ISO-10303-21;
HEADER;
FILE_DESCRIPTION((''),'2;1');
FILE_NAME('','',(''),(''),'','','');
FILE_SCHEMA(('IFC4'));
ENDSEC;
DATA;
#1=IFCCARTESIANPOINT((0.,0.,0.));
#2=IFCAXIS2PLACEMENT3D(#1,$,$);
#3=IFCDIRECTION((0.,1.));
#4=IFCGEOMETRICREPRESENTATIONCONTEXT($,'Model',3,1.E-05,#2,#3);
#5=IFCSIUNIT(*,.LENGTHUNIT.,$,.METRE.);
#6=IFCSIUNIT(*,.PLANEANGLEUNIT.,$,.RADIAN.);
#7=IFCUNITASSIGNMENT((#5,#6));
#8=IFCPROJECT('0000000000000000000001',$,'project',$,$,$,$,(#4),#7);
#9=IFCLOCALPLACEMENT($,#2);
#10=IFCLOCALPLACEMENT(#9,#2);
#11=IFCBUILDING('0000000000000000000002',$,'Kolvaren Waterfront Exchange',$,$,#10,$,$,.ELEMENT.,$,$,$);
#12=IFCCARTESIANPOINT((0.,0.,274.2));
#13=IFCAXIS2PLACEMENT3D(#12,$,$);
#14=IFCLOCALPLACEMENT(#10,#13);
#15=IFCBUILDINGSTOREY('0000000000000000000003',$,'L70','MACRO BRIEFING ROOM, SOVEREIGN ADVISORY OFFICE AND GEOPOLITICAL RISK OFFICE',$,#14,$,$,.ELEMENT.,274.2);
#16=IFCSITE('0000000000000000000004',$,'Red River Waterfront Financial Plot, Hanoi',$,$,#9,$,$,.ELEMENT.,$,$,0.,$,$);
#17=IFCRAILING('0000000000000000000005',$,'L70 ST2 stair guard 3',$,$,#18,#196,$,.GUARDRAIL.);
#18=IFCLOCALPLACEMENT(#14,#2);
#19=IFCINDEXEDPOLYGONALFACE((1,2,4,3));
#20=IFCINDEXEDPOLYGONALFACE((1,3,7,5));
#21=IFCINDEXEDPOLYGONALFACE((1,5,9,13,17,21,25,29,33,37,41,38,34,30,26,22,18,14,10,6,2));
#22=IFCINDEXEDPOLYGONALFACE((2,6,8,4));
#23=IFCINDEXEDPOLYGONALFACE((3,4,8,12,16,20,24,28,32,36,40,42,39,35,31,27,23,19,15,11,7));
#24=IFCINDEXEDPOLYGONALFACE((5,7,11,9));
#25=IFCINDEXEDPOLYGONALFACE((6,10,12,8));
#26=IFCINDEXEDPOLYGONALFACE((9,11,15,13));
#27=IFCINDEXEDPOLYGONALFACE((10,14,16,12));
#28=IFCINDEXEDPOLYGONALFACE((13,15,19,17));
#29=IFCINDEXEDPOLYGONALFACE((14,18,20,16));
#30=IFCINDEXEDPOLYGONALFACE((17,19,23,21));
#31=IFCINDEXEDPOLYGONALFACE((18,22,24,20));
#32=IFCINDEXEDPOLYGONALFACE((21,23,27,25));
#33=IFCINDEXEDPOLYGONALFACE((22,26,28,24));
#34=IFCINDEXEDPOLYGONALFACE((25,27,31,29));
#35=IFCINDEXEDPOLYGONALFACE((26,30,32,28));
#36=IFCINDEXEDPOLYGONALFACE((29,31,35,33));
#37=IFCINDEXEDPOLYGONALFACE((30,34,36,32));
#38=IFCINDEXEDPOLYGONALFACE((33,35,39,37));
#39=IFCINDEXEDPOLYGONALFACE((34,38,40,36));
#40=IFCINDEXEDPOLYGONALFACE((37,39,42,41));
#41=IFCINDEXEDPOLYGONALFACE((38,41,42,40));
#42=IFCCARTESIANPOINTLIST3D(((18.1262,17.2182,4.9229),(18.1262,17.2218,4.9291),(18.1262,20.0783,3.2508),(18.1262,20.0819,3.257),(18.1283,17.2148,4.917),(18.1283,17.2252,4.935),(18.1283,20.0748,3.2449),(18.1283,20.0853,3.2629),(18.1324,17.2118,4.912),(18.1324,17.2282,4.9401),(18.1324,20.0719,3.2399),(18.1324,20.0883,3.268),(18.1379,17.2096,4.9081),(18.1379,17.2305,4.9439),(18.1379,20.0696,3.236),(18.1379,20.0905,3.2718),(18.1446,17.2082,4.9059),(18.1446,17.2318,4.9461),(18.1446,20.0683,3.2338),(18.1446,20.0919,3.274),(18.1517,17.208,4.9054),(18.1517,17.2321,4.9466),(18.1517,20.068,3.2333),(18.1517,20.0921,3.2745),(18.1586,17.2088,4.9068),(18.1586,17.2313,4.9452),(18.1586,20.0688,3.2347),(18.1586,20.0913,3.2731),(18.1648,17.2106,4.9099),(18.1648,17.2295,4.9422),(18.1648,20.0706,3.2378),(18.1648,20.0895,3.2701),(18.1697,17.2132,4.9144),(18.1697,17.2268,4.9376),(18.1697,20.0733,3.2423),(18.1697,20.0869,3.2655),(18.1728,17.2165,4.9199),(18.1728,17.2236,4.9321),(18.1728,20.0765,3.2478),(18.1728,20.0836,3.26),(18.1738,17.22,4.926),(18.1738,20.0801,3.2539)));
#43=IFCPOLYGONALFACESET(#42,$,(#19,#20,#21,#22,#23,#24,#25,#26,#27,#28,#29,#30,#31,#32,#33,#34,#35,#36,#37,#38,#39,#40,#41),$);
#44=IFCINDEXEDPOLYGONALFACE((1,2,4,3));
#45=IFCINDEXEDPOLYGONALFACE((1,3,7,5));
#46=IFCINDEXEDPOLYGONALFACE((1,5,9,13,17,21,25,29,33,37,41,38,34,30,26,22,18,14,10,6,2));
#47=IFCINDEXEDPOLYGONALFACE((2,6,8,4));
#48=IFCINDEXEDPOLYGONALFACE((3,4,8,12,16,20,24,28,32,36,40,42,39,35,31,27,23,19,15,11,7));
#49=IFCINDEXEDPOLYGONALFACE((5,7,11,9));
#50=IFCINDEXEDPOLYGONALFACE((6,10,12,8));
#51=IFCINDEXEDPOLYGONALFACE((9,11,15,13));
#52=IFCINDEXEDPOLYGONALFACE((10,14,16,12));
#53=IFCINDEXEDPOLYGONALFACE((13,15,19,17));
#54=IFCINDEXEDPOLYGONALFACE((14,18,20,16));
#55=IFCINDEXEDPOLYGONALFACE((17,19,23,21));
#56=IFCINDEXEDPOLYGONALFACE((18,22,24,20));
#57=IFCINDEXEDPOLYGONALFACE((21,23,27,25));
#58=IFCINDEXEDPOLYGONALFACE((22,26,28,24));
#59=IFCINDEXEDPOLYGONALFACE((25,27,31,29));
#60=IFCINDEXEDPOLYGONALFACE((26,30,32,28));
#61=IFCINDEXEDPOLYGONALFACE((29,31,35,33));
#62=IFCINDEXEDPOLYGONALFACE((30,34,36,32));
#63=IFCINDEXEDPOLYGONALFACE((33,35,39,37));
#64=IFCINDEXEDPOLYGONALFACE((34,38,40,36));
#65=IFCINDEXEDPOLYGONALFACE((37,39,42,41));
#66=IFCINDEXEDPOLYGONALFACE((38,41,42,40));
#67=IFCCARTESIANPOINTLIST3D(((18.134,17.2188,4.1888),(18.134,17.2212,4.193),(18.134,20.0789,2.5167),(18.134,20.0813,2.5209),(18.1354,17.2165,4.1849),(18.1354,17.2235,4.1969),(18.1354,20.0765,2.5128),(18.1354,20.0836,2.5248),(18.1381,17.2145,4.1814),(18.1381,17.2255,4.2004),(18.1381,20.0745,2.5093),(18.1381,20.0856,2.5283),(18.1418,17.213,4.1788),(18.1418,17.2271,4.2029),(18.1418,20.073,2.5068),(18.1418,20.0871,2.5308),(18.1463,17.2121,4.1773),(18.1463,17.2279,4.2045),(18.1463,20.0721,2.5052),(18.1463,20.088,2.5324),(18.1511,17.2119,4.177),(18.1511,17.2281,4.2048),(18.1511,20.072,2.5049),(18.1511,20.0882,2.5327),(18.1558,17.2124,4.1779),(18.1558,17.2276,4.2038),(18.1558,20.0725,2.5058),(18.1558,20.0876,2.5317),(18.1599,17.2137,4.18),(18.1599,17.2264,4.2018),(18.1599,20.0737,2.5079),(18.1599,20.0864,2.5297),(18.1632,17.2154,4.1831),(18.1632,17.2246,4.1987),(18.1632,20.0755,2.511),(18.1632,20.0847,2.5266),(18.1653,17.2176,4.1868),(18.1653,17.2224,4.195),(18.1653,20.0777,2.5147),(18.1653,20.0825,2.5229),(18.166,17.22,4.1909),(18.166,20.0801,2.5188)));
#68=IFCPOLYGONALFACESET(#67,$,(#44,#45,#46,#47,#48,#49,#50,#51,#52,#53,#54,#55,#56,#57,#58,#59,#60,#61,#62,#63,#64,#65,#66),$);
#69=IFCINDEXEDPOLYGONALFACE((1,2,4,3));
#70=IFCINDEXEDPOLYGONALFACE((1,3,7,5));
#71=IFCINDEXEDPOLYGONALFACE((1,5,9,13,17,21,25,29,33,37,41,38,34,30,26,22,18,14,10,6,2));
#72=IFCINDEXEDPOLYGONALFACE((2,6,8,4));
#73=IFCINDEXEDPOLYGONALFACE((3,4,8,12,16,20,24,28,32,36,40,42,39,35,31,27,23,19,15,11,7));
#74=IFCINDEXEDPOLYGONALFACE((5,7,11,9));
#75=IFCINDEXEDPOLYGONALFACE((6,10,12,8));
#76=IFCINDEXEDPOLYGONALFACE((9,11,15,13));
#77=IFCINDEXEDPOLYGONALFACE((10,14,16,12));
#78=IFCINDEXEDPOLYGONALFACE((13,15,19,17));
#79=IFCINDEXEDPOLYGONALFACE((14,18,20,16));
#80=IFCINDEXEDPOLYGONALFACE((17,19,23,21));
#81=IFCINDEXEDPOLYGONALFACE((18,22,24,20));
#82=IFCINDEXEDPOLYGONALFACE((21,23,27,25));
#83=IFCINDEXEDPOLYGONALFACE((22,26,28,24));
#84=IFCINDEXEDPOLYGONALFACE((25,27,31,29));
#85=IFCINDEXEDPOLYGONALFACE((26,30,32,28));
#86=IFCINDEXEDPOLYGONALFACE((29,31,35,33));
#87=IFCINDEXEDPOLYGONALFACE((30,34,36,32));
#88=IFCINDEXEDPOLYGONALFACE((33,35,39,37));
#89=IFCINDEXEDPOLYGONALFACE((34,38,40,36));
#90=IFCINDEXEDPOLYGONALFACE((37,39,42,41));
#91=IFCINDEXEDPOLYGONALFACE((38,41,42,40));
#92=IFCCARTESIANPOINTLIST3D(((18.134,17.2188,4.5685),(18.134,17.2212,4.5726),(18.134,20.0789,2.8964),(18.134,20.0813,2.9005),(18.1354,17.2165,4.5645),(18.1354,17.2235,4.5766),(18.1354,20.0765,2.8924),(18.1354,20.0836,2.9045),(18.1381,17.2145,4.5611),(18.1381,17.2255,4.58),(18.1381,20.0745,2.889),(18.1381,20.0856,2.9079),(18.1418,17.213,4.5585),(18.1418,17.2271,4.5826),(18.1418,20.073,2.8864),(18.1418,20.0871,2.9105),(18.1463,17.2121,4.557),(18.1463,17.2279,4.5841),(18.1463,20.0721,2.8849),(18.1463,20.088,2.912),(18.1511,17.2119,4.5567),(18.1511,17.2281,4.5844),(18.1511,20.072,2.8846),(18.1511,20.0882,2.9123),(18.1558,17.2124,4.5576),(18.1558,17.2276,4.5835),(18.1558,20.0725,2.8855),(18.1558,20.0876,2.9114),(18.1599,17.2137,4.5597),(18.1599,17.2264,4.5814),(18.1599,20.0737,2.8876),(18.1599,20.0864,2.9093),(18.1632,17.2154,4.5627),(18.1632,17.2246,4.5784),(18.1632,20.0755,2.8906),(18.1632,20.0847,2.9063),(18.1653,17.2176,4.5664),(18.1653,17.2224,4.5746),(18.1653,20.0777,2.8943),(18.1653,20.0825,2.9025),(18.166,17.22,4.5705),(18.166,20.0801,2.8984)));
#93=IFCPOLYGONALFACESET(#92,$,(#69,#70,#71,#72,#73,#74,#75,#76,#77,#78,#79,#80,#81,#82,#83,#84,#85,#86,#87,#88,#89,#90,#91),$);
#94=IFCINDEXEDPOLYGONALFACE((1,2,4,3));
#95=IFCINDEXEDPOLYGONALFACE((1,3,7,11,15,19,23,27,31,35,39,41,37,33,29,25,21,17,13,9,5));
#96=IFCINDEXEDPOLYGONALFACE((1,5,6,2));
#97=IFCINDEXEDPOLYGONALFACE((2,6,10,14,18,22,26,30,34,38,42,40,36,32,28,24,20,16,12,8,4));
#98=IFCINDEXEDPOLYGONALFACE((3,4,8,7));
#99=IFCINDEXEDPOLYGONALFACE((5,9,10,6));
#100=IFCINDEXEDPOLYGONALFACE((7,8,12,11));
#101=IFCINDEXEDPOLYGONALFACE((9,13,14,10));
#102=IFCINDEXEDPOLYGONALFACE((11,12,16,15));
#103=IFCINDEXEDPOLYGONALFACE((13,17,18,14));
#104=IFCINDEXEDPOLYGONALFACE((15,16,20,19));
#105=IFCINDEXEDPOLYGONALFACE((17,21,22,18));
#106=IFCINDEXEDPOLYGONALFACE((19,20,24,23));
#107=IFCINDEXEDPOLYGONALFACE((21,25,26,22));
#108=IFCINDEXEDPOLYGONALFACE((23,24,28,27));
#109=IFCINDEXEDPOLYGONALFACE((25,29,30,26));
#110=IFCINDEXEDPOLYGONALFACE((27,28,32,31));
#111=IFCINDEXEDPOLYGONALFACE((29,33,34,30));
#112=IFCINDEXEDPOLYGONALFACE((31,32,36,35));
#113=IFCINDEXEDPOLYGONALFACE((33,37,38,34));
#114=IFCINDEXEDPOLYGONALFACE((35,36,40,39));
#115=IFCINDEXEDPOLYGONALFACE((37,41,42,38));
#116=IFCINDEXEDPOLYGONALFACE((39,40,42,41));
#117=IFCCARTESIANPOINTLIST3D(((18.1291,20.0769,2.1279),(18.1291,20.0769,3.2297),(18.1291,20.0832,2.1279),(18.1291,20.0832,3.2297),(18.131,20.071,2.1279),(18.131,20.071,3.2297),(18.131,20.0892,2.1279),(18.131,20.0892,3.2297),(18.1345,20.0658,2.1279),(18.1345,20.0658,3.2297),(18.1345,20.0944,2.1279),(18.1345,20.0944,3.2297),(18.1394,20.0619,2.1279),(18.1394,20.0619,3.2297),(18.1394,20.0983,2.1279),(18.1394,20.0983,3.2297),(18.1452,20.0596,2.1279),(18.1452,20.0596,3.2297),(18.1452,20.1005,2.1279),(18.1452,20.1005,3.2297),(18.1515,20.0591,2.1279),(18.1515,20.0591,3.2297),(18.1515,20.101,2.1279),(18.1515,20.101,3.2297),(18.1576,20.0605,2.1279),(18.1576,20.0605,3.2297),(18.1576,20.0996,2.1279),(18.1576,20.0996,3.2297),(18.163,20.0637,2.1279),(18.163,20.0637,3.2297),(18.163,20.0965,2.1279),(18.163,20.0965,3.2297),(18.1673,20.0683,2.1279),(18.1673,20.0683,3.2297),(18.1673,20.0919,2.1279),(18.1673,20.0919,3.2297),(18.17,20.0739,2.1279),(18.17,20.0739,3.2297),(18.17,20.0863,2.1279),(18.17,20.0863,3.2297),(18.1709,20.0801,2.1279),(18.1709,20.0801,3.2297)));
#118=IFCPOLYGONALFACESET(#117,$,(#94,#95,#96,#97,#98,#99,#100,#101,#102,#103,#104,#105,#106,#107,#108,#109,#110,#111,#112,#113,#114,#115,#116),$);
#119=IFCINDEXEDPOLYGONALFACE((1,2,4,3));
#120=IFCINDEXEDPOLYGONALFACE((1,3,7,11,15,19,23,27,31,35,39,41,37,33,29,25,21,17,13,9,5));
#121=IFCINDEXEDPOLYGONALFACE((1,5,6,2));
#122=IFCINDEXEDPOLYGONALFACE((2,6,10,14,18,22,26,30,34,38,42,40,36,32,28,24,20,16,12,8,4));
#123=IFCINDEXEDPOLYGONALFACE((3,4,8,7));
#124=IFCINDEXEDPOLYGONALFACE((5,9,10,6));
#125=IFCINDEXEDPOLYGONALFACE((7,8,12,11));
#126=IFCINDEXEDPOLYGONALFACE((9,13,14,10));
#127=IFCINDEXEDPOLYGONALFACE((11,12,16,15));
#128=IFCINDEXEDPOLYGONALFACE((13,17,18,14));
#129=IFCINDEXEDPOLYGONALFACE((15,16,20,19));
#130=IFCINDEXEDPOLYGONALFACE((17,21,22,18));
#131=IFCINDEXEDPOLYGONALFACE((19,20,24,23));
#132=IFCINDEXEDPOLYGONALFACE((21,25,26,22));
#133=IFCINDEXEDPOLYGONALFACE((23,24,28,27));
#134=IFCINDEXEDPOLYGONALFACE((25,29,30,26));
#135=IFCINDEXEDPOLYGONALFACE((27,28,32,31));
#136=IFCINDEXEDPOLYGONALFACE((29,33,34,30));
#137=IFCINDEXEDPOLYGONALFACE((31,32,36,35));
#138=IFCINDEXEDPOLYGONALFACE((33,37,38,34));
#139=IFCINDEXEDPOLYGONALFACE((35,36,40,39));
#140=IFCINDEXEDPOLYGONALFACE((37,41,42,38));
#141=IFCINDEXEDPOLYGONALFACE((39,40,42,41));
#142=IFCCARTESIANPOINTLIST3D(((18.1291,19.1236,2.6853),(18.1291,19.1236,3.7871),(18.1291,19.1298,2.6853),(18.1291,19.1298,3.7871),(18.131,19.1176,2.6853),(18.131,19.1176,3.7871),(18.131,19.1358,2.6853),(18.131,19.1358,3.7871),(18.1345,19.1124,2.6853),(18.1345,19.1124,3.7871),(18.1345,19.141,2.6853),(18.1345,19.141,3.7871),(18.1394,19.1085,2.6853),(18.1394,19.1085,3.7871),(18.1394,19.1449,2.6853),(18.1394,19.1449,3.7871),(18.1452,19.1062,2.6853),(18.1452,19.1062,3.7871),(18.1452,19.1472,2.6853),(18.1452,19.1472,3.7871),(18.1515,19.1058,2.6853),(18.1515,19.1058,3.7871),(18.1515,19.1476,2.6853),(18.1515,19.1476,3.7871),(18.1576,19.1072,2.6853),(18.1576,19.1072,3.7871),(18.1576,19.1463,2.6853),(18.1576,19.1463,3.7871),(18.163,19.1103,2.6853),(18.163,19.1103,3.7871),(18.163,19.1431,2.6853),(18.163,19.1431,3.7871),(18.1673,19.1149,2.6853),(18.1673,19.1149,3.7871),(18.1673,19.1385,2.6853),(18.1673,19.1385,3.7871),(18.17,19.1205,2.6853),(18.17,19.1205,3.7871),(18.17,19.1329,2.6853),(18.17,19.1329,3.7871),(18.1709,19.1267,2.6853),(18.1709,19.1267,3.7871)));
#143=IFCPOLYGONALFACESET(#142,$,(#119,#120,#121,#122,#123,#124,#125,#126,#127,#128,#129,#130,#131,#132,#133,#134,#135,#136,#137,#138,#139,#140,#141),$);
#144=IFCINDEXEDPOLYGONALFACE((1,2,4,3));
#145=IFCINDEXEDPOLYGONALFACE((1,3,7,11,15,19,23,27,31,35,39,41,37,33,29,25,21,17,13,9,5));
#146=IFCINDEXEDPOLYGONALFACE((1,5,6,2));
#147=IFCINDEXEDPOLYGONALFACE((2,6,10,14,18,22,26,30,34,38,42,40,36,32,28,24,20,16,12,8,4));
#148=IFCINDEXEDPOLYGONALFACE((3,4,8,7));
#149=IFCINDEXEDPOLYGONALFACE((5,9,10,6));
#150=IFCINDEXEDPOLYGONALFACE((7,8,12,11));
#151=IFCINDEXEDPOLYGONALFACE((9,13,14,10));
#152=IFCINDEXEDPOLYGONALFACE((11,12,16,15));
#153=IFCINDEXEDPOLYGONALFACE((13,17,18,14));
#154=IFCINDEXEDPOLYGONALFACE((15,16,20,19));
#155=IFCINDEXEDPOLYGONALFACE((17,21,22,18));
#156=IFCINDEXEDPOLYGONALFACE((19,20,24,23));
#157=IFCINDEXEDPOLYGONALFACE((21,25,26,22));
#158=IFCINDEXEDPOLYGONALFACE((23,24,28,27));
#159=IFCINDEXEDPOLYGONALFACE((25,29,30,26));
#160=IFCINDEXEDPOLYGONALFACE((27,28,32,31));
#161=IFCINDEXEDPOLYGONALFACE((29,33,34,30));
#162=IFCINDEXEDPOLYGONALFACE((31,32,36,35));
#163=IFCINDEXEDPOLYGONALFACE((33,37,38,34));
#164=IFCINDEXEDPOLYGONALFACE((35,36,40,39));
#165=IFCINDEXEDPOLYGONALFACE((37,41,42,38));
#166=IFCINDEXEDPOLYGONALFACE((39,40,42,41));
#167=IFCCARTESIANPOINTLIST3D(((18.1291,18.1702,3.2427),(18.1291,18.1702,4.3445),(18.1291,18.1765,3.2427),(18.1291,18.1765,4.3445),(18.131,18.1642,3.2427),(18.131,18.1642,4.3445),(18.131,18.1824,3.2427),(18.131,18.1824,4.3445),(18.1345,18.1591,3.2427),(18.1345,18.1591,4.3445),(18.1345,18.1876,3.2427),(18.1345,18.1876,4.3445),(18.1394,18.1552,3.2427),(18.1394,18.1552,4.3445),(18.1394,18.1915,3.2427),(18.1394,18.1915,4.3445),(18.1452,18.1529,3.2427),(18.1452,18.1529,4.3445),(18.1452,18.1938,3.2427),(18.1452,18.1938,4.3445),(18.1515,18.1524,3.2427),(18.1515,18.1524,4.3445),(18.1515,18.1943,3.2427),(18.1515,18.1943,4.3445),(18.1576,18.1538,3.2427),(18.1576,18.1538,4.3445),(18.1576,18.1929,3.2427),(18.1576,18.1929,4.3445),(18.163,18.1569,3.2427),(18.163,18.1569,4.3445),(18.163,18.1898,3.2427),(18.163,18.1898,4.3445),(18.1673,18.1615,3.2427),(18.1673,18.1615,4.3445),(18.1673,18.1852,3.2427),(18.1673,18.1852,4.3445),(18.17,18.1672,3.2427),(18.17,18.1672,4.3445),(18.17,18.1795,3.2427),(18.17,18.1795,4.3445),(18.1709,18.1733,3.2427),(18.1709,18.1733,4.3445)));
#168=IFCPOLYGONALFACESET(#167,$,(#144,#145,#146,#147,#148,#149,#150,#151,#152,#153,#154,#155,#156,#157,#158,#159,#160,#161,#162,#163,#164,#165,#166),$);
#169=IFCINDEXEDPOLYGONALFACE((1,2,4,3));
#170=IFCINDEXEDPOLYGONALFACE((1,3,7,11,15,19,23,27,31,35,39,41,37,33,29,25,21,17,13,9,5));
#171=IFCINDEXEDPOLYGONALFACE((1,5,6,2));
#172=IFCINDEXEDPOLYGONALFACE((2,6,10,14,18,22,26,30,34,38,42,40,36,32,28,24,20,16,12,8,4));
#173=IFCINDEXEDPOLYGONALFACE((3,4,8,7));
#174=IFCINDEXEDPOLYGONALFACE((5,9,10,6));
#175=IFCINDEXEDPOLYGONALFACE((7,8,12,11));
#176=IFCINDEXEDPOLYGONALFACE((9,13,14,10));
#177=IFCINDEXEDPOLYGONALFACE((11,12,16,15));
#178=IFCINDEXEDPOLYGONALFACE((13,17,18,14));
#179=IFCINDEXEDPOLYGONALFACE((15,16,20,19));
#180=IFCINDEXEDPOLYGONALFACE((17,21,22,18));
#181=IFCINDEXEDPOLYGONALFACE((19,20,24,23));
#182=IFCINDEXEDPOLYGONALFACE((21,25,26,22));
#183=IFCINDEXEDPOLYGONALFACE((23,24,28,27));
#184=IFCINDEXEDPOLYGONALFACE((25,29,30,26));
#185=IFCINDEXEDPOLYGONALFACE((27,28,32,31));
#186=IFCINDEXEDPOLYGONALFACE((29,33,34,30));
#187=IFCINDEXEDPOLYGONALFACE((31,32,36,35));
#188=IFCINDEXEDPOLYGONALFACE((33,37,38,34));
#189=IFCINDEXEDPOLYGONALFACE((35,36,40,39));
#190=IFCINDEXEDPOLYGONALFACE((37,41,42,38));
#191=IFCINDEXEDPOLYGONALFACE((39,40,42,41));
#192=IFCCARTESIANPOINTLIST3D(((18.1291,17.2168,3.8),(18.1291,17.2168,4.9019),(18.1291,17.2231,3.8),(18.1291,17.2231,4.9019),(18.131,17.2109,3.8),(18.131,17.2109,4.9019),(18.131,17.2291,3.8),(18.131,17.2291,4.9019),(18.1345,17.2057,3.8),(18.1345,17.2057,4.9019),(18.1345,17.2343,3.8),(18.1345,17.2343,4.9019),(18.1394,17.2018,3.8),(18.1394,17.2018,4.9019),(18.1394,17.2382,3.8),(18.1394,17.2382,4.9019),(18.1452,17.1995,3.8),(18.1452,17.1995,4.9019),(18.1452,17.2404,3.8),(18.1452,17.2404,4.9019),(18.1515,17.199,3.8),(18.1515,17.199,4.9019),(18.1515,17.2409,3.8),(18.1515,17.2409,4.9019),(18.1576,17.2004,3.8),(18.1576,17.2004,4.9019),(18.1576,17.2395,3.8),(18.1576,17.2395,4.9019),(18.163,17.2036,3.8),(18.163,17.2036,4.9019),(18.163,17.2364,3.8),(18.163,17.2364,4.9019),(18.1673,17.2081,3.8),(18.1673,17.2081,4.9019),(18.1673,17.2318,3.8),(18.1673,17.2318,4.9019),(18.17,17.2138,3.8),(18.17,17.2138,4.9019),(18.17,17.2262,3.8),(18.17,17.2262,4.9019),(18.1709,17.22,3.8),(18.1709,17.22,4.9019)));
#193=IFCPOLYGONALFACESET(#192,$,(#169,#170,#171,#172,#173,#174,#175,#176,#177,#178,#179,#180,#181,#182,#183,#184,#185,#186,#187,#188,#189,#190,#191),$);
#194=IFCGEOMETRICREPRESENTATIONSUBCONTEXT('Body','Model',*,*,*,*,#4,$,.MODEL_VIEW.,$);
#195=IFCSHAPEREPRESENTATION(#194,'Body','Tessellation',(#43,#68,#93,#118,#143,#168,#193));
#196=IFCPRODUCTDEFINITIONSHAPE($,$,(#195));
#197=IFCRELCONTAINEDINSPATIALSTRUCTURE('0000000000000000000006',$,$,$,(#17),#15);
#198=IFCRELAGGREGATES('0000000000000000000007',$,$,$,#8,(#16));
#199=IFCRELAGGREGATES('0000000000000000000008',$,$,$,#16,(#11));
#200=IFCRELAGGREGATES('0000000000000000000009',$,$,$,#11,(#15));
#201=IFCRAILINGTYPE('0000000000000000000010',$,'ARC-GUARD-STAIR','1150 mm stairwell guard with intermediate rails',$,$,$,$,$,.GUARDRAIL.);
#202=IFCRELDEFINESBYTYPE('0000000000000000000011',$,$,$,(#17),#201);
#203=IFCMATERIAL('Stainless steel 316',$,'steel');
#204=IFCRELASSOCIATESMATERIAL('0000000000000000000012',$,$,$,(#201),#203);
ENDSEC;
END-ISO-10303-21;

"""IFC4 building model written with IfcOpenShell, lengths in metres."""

from ifc_helpers import new_model, si_unit, direction, frame, origin, origin_2d, place, context, subcontext, project, spatial, circle, extrude, material, type_object, element, save


model = new_model("IFC4")

# Units and contexts
model_context = context("Model", 3, precision=1e-05, world=origin(), true_north=direction((0.0, 1.0)))
body_context = subcontext(model_context, "Body", "Model", "MODEL_VIEW")
ifc_project = project(units=[si_unit("LENGTHUNIT", "METRE"), si_unit("PLANEANGLEUNIT", "RADIAN")], contexts=[model_context])

# Site, building, storey
site_placement = place(None, origin())
site = spatial("IfcSite", under=ifc_project, at=site_placement, Name="Red River Waterfront Financial Plot, Hanoi", CompositionType="ELEMENT", RefElevation=0.0)
building_placement = place(site_placement, origin())
building = spatial("IfcBuilding", under=site, at=building_placement, Name="Kolvaren Waterfront Exchange", CompositionType="ELEMENT")
storey_placement = place(building_placement, frame((0.0, 0.0, 274.2)))
storey = spatial("IfcBuildingStorey", under=building, at=storey_placement, Name="L70", Description="MACRO BRIEFING ROOM, SOVEREIGN ADVISORY OFFICE AND GEOPOLITICAL RISK OFFICE", CompositionType="ELEMENT", Elevation=274.2)

# Railing
ifc_material_1 = material(Name="Stainless steel 316", Category="steel")
railing_type_1 = type_object("IfcRailingType", Name="ARC-GUARD-STAIR", Description="1150 mm stairwell guard with intermediate rails", PredefinedType="GUARDRAIL", material=ifc_material_1)
railing_1_placement = place(storey_placement, frame((18.1499, 20.0801, 2.1279)))
element("IfcRailing", 1, at=railing_1_placement, inside=storey, type_object=railing_type_1, Name="L70 ST2 stair guard 3", PredefinedType="GUARDRAIL", context=body_context, shape_type="SweptSolid", body=[
    extrude(circle(Radius=0.0239, at=origin_2d()), frame((0.0, 0.0, 1.126), z_axis=(0.0, -0.863289, 0.504709), x_axis=(1.0, 0.0, 0.0)), (0.0, 0.0, 1.0), 3.313),
    extrude(circle(Radius=0.0161, at=origin_2d()), frame((0.0, 0.0, 0.3909), z_axis=(0.0, -0.863289, 0.504709), x_axis=(1.0, 0.0, 0.0)), (0.0, 0.0, 1.0), 3.313),
    extrude(circle(Radius=0.0161, at=origin_2d()), frame((0.0, 0.0, 0.7705), z_axis=(0.0, -0.863289, 0.504709), x_axis=(1.0, 0.0, 0.0)), (0.0, 0.0, 1.0), 3.313),
    extrude(circle(Radius=0.021, at=origin_2d()), origin(), (0.0, 0.0, 1.0), 1.1018),
    extrude(circle(Radius=0.021, at=origin_2d()), frame((0.0, -0.9534, 0.5574)), (0.0, 0.0, 1.0), 1.1018),
    extrude(circle(Radius=0.021, at=origin_2d()), frame((0.0, -1.9067, 1.1147)), (0.0, 0.0, 1.0), 1.1018),
    extrude(circle(Radius=0.021, at=origin_2d()), frame((0.0, -2.8601, 1.6721)), (0.0, 0.0, 1.0), 1.1018),
])

save(model, "model.ifc")
